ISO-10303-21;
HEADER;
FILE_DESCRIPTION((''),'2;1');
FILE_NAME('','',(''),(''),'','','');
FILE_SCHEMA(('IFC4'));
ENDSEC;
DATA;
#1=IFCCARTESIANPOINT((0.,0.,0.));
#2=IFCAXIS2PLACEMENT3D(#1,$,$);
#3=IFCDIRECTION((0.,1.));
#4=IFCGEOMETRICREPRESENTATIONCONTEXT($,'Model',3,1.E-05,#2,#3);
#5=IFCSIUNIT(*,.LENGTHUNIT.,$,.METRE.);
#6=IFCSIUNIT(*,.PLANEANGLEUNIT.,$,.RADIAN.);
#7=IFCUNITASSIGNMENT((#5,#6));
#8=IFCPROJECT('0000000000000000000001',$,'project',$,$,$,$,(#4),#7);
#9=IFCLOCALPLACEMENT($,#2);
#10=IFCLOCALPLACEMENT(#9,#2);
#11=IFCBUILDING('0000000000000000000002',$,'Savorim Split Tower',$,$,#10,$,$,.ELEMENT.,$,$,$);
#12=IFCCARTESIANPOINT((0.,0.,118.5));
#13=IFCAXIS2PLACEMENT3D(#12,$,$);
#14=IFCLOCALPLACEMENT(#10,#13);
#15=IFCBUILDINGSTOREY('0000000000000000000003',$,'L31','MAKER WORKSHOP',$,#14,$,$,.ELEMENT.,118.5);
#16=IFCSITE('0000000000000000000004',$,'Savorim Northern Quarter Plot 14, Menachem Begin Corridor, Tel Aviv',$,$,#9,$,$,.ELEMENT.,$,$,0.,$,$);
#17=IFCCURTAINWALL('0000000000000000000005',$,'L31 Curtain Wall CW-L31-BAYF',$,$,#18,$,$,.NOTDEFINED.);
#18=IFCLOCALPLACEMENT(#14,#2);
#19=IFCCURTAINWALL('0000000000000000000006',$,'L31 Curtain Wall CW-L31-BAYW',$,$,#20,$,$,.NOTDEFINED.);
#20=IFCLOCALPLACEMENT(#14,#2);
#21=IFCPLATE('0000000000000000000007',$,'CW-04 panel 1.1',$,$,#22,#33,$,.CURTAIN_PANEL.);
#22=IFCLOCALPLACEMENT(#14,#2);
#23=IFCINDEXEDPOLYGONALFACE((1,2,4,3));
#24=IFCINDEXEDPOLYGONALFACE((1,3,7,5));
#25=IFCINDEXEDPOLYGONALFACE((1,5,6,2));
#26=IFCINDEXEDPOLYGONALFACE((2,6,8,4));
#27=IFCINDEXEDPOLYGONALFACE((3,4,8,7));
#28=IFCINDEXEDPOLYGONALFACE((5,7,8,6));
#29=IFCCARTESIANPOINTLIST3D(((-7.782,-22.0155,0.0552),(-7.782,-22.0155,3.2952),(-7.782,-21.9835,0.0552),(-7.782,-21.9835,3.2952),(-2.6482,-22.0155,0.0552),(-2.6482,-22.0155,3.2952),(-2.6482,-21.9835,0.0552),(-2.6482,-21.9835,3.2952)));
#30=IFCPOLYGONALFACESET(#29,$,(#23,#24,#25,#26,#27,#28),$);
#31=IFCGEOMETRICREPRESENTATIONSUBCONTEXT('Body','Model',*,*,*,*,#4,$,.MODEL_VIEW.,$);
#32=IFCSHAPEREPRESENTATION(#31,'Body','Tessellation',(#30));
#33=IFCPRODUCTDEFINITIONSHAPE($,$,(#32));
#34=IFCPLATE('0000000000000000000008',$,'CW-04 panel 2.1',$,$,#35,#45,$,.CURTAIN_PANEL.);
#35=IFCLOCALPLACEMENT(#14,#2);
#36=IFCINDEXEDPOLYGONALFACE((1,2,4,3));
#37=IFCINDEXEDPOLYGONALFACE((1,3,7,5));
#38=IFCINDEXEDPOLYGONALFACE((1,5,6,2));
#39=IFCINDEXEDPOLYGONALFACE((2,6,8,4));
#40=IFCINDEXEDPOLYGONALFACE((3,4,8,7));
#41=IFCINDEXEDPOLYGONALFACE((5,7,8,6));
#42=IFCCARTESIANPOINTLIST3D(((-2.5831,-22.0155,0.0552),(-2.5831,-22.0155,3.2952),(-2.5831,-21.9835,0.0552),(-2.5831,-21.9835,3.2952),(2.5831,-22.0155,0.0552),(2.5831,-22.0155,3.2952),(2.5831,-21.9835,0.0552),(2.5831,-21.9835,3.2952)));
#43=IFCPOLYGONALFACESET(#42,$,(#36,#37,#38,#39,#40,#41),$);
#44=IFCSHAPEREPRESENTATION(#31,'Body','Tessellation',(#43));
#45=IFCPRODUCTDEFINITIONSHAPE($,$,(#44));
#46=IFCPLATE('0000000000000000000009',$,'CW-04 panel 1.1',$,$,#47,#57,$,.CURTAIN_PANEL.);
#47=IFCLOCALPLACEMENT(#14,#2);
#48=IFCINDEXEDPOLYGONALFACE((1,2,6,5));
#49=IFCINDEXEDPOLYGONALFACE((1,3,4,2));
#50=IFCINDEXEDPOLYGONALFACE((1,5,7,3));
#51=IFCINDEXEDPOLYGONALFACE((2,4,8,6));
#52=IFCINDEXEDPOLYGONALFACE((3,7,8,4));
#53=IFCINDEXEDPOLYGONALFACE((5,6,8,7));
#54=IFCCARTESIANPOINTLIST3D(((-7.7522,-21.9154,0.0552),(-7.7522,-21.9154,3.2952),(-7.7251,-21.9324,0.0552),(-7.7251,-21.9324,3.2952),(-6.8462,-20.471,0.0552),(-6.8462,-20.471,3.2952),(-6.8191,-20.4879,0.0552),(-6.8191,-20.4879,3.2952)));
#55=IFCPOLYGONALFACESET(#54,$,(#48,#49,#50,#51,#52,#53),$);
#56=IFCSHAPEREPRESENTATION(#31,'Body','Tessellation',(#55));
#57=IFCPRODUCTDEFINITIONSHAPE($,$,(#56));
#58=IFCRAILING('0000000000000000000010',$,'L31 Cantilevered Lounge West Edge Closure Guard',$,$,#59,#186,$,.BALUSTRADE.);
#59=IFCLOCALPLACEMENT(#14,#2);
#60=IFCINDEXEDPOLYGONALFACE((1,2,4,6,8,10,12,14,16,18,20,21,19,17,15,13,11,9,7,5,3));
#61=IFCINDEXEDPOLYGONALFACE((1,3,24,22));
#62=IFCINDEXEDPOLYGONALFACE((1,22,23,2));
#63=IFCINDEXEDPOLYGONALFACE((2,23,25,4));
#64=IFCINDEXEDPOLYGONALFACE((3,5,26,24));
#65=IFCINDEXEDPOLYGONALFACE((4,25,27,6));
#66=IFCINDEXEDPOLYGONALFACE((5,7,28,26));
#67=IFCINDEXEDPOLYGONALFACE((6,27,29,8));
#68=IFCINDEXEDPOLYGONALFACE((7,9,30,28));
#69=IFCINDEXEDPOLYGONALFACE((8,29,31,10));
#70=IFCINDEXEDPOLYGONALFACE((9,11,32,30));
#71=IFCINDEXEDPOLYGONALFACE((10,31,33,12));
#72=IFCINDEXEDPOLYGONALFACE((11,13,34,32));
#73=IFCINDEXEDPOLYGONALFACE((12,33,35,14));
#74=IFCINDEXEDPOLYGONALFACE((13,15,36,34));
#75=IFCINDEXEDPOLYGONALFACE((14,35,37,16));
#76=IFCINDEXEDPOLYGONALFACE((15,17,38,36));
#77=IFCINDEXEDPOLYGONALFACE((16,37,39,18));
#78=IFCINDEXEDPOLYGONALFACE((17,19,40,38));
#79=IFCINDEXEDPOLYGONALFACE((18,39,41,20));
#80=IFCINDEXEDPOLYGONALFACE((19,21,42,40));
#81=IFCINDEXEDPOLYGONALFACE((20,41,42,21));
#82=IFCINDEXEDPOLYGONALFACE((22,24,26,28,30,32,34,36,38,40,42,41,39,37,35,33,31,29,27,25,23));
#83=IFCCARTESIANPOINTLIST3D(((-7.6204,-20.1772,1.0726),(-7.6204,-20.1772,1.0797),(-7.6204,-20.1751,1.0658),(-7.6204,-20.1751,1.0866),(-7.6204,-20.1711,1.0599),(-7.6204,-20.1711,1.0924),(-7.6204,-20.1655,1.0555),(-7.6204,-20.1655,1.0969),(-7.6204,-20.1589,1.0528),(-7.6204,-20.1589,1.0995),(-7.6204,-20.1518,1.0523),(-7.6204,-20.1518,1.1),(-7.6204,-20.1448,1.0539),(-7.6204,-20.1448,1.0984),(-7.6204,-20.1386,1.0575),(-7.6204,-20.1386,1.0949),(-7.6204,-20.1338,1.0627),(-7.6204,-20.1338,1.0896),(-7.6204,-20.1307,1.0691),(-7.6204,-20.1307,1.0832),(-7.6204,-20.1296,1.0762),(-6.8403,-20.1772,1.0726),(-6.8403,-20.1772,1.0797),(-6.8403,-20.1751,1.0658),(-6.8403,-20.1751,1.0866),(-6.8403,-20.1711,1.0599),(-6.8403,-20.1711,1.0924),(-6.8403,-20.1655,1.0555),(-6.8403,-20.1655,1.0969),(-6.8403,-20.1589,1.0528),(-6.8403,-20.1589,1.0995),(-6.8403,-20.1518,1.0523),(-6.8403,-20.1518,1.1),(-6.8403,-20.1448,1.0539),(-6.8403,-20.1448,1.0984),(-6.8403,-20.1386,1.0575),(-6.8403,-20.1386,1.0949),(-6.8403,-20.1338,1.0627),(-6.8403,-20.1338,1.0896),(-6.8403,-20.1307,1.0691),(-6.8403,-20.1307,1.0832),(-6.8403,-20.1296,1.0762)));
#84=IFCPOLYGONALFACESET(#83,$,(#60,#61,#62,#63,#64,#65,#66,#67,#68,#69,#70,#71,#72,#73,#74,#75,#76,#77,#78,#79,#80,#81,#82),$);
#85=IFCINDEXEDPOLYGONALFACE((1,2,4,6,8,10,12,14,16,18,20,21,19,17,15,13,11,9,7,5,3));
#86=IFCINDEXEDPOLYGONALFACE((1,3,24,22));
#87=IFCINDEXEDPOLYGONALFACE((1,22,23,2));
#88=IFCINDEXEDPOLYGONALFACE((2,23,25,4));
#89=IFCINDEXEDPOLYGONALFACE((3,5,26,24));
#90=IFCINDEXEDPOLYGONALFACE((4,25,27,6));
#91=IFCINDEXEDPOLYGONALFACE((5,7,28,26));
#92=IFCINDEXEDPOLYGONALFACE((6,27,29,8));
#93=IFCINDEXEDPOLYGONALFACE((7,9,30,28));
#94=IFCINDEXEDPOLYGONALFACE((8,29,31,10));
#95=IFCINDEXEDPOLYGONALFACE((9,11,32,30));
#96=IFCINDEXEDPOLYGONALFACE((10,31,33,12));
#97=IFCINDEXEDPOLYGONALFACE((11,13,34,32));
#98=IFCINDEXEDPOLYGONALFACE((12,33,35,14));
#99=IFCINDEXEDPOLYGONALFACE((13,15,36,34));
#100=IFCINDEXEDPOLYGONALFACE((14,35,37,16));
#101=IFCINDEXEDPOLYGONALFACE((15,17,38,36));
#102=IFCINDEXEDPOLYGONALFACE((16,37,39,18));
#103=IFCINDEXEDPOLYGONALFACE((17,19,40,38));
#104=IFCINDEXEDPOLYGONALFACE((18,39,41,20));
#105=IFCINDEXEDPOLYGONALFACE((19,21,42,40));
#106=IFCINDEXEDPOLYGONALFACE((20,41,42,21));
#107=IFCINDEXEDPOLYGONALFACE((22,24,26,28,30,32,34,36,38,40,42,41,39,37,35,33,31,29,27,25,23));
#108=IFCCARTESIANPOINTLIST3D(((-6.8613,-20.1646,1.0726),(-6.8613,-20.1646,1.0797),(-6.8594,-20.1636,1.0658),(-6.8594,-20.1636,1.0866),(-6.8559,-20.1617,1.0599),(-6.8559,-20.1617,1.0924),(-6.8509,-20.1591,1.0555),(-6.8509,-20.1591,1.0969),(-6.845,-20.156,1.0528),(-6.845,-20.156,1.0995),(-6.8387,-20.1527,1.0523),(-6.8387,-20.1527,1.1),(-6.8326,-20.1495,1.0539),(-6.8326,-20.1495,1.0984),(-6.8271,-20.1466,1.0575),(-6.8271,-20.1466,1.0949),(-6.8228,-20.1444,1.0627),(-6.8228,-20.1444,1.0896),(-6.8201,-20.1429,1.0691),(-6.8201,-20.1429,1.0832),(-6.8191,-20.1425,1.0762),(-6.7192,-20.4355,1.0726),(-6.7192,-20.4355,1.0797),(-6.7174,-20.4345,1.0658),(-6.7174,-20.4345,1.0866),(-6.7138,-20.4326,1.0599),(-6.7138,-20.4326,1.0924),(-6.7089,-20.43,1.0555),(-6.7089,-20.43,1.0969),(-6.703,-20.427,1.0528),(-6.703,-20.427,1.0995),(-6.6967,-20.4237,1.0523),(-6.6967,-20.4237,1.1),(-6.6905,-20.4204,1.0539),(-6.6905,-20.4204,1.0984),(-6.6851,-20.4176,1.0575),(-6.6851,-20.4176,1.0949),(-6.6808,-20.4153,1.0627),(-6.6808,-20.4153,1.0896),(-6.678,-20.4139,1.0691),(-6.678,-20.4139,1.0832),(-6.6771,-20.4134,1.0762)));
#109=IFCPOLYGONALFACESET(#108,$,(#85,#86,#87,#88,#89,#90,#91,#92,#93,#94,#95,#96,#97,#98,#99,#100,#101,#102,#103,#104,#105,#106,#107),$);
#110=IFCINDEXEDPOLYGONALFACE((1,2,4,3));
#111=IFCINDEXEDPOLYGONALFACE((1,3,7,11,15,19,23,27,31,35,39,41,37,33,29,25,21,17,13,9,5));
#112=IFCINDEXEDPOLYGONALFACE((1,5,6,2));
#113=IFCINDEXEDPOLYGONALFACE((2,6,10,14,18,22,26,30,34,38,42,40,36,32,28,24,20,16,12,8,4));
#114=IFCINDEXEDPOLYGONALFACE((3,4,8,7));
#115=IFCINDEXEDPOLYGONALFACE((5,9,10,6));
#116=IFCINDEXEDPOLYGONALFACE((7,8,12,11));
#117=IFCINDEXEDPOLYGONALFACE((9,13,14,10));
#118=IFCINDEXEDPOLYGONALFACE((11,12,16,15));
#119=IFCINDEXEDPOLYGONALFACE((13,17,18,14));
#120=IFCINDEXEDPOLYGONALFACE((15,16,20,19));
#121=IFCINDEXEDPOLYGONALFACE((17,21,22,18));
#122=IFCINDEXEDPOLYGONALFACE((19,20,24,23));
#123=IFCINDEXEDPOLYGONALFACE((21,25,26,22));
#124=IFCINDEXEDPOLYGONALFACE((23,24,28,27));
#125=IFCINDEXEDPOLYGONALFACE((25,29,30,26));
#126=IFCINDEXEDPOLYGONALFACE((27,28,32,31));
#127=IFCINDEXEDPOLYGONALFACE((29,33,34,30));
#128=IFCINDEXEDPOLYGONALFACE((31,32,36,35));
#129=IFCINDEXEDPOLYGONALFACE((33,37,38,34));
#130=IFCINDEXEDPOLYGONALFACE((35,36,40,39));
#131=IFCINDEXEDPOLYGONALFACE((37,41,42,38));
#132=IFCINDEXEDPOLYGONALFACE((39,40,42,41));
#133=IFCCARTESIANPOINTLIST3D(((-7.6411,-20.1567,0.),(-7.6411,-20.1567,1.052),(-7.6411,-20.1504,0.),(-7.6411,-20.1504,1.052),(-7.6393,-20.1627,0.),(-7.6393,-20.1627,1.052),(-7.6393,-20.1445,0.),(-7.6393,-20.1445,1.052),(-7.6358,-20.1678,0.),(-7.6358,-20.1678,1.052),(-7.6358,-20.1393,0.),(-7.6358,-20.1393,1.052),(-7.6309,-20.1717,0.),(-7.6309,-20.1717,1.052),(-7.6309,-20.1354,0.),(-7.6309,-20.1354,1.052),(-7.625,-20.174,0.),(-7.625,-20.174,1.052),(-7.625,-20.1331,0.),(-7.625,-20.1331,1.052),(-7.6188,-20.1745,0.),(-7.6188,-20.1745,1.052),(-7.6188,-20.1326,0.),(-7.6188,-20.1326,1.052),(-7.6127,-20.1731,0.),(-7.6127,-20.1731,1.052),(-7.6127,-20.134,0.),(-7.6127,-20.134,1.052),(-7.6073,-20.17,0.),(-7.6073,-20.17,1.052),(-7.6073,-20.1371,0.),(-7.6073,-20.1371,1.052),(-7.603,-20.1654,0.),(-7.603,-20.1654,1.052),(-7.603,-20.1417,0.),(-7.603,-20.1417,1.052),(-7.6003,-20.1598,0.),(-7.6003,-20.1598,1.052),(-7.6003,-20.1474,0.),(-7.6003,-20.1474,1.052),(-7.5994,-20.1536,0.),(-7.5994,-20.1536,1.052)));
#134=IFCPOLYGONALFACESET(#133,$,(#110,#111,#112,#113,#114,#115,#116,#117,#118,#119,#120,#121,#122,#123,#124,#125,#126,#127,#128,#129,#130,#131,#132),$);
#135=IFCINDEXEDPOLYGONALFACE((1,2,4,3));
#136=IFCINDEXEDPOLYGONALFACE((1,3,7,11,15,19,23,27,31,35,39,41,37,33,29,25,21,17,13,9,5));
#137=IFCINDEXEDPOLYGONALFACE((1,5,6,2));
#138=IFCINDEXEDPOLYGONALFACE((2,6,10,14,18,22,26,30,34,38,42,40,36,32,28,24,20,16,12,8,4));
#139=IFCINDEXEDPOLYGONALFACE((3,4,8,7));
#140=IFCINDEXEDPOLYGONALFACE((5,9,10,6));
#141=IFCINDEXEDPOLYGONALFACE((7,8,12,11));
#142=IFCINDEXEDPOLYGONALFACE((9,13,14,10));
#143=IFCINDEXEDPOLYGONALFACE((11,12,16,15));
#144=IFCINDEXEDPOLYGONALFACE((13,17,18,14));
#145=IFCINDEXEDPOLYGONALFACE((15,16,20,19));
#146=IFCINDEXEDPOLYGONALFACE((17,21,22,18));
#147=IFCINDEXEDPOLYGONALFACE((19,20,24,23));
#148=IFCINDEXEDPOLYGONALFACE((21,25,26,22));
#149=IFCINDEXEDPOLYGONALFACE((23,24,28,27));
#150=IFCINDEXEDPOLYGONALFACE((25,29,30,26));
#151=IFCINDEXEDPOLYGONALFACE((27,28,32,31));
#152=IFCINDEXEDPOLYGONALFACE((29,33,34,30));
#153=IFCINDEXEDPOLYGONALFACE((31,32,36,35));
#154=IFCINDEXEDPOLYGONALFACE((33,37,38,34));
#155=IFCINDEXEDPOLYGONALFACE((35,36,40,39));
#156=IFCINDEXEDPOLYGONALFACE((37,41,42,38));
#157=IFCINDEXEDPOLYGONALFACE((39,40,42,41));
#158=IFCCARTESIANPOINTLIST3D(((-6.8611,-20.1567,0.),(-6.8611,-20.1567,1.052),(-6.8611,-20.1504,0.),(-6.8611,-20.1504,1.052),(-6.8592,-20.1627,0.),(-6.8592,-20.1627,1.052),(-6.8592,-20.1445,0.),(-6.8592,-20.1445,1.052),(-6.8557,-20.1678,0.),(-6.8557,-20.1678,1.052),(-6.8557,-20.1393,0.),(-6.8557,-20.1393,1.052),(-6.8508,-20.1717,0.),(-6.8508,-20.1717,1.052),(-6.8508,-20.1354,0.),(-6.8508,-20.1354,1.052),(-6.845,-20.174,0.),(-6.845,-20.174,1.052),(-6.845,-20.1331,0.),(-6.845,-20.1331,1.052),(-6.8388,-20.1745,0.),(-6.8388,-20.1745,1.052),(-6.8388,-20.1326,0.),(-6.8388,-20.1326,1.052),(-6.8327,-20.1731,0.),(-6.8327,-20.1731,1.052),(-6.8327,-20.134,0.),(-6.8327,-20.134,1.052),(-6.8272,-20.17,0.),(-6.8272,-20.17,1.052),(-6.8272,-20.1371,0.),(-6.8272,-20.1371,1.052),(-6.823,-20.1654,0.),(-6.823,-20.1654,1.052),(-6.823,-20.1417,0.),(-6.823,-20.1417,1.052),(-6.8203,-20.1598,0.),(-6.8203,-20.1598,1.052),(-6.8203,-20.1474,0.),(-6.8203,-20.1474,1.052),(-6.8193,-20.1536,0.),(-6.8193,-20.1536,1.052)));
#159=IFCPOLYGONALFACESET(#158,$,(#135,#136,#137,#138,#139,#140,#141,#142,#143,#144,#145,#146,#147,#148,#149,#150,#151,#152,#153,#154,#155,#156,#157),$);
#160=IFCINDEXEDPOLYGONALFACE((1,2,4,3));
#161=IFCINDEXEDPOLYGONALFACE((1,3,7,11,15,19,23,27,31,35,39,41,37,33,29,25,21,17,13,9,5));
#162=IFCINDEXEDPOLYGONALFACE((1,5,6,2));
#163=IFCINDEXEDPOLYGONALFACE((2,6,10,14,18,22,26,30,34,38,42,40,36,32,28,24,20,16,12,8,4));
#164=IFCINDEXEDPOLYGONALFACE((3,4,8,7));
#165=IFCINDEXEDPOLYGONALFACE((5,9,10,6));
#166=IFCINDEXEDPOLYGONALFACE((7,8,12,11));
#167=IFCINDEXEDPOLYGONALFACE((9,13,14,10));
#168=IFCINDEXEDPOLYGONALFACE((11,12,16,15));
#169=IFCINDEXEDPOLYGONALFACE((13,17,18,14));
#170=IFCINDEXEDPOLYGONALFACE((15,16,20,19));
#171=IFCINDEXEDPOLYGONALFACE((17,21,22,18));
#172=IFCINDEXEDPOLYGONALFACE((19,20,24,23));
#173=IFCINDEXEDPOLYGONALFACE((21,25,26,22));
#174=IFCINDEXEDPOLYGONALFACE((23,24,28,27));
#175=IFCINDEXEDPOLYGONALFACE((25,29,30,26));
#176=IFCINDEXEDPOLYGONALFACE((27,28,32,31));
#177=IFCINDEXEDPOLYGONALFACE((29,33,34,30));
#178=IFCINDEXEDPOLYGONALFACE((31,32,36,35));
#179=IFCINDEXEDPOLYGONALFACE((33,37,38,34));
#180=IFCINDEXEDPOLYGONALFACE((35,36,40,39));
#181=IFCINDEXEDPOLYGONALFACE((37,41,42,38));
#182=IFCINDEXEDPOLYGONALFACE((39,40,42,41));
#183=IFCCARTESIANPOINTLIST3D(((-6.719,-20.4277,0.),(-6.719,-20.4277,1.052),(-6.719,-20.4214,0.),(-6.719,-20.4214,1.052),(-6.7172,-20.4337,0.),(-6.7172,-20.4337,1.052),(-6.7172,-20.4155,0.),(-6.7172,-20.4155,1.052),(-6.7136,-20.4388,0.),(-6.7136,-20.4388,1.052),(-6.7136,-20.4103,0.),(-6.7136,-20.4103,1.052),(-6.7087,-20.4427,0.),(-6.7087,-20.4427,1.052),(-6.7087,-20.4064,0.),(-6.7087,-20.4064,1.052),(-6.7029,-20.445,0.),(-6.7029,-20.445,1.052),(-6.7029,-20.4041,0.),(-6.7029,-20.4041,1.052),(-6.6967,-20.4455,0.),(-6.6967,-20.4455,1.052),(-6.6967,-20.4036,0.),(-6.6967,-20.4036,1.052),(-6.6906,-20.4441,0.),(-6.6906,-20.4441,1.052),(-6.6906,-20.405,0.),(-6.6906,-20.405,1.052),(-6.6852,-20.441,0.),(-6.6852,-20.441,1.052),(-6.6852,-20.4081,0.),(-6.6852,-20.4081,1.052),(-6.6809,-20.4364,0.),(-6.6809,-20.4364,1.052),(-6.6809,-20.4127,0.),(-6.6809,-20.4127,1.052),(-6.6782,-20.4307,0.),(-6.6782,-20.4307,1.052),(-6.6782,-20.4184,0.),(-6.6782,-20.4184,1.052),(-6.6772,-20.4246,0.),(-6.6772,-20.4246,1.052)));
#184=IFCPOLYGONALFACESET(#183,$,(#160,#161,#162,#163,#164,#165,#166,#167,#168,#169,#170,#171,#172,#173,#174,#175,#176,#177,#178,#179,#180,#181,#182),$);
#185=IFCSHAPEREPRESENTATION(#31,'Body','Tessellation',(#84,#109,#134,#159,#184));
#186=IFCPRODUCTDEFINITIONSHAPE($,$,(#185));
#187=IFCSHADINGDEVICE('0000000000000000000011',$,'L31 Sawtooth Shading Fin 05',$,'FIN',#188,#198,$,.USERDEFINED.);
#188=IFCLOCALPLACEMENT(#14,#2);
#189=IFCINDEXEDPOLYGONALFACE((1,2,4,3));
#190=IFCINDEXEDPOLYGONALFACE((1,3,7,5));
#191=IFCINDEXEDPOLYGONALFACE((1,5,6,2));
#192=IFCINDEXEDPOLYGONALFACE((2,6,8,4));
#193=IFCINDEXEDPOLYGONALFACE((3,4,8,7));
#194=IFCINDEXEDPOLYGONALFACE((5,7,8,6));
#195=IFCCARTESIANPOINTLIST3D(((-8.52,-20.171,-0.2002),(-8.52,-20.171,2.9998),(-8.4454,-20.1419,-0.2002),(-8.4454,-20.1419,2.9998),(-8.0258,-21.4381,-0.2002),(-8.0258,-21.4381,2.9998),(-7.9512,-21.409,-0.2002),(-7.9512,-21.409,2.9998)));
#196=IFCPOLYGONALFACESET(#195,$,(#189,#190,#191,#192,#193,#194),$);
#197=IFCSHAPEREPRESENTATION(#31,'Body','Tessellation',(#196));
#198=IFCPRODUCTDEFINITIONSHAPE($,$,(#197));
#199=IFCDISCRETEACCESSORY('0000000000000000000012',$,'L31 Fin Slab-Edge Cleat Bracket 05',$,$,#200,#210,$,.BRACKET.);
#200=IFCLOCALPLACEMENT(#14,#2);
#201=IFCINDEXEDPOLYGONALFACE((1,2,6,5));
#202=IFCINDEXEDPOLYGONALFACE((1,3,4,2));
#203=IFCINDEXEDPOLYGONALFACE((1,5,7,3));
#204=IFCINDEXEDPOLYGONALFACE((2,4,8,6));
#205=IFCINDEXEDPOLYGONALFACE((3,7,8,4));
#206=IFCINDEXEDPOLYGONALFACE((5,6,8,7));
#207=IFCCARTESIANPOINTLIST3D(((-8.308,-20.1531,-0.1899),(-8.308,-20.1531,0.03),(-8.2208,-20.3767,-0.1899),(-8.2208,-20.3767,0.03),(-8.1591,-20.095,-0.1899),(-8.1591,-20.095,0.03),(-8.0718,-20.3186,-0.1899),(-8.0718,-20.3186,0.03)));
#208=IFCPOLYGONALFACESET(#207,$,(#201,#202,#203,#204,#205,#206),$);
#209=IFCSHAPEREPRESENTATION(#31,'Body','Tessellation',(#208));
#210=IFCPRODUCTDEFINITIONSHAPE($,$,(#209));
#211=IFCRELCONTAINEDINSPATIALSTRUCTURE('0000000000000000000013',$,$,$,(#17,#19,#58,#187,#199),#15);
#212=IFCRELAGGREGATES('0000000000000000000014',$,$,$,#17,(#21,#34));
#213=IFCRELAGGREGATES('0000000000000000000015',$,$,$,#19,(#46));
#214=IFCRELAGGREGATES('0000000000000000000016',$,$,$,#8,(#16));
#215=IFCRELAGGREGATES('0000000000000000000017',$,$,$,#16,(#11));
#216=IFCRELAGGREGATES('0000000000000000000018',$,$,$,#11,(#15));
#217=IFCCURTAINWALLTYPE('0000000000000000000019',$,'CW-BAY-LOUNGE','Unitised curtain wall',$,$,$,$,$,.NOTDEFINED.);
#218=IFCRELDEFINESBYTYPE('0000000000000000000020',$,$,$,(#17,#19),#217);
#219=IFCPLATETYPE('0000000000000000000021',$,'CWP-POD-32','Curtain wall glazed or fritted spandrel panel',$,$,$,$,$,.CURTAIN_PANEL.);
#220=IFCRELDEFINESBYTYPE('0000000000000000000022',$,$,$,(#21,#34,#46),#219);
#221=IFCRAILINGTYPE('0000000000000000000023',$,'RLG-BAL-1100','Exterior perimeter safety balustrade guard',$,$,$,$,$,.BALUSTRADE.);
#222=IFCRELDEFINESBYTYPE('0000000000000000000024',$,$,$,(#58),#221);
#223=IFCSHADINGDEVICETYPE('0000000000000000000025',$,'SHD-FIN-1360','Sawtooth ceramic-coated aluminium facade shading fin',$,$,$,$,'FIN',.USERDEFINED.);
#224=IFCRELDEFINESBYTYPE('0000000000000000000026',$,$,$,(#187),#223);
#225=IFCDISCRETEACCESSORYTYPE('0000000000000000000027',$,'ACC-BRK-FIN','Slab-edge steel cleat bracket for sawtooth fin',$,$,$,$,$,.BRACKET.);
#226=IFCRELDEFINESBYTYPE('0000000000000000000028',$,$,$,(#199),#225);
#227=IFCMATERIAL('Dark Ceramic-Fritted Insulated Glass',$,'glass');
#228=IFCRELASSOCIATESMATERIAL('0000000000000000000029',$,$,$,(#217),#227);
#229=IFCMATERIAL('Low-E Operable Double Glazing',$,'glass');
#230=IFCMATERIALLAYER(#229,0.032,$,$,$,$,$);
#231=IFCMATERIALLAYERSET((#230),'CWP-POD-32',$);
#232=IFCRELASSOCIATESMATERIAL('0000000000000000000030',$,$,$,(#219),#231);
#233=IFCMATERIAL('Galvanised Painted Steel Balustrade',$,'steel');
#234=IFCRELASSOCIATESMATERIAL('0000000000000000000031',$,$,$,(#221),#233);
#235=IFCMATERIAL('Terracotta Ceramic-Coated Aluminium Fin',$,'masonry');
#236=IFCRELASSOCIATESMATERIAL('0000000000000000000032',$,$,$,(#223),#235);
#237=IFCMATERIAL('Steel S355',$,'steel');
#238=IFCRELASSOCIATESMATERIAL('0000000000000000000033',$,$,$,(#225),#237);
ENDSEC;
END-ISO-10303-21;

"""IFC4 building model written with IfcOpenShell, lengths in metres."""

from ifc_helpers import new_model, si_unit, direction, frame, origin, origin_2d, place, context, subcontext, project, spatial, rectangle, circle, extrude, material, layer, layer_set, type_object, element, aggregate, save


model = new_model("IFC4")

# Units and contexts
model_context = context("Model", 3, precision=1e-05, world=origin(), true_north=direction((0.0, 1.0)))
body_context = subcontext(model_context, "Body", "Model", "MODEL_VIEW")
ifc_project = project(units=[si_unit("LENGTHUNIT", "METRE"), si_unit("PLANEANGLEUNIT", "RADIAN")], contexts=[model_context])

# Site, building, storey
site_placement = place(None, origin())
site = spatial("IfcSite", under=ifc_project, at=site_placement, Name="Savorim Northern Quarter Plot 14, Menachem Begin Corridor, Tel Aviv", CompositionType="ELEMENT", RefElevation=0.0)
building_placement = place(site_placement, origin())
building = spatial("IfcBuilding", under=site, at=building_placement, Name="Savorim Split Tower", CompositionType="ELEMENT")
storey_placement = place(building_placement, frame((0.0, 0.0, 118.5)))
storey = spatial("IfcBuildingStorey", under=building, at=storey_placement, Name="L31", Description="MAKER WORKSHOP", CompositionType="ELEMENT", Elevation=118.5)

# Shared definitions
ifc_material_1 = material(Name="Steel S355", Category="steel")

# Shared definitions
ifc_material_2 = material(Name="Dark Ceramic-Fritted Insulated Glass", Category="glass")

# Curtain walls
curtain_wall_type_1 = type_object("IfcCurtainWallType", Name="CW-BAY-LOUNGE", Description="Unitised curtain wall", PredefinedType="NOTDEFINED", material=ifc_material_2)
curtain_wall_1_placement = place(storey_placement, origin())
curtain_wall_1 = element("IfcCurtainWall", 1, at=curtain_wall_1_placement, inside=storey, type_object=curtain_wall_type_1, Name="L31 Curtain Wall CW-L31-BAYF", PredefinedType="NOTDEFINED")
curtain_wall_2_placement = place(storey_placement, origin())
curtain_wall_2 = element("IfcCurtainWall", 2, at=curtain_wall_2_placement, inside=storey, type_object=curtain_wall_type_1, Name="L31 Curtain Wall CW-L31-BAYW", PredefinedType="NOTDEFINED")

# Plates
ifc_material_3 = material(Name="Low-E Operable Double Glazing", Category="glass")
ifc_layer = layer(ifc_material_3, 0.032)
ifc_layer_set = layer_set([ifc_layer], Name="CWP-POD-32")
plate_type = type_object("IfcPlateType", Name="CWP-POD-32", Description="Curtain wall glazed or fritted spandrel panel", PredefinedType="CURTAIN_PANEL", material=ifc_layer_set)
plate_1_placement = place(storey_placement, frame((-5.2151, -21.9995, 0.0552), z_axis=(0.0, 0.0, 1.0), x_axis=(1.0, 0.0, 0.0)))
plate_1 = element("IfcPlate", 3, at=plate_1_placement, type_object=plate_type, Name="CW-04 panel 1.1", PredefinedType="CURTAIN_PANEL", context=body_context, shape_type="SweptSolid", body=[
    extrude(rectangle(XDim=5.1338, YDim=0.032, at=origin_2d()), origin(), (0.0, 0.0, 1.0), 3.24),
])
plate_2_placement = place(storey_placement, frame((0.0, -21.9995, 0.0552), z_axis=(0.0, 0.0, 1.0), x_axis=(1.0, 0.0, 0.0)))
plate_2 = element("IfcPlate", 4, at=plate_2_placement, type_object=plate_type, Name="CW-04 panel 2.1", PredefinedType="CURTAIN_PANEL", context=body_context, shape_type="SweptSolid", body=[
    extrude(rectangle(XDim=5.1663, YDim=0.032, at=origin_2d()), origin(), (0.0, 0.0, 1.0), 3.24),
])
aggregate(curtain_wall_1, [plate_1, plate_2])
plate_3_placement = place(storey_placement, frame((-7.2856, -21.2017, 0.0552), z_axis=(0.0, 0.0, 1.0), x_axis=(-0.531384, -0.847131, 0.0)))
plate_3 = element("IfcPlate", 5, at=plate_3_placement, type_object=plate_type, Name="CW-04 panel 1.1", PredefinedType="CURTAIN_PANEL", context=body_context, shape_type="SweptSolid", body=[
    extrude(rectangle(XDim=1.7051, YDim=0.032, at=origin_2d()), origin(), (0.0, 0.0, 1.0), 3.24),
])
aggregate(curtain_wall_2, [plate_3])

# Railing
ifc_material_4 = material(Name="Galvanised Painted Steel Balustrade", Category="steel")
railing_type = type_object("IfcRailingType", Name="RLG-BAL-1100", Description="Exterior perimeter safety balustrade guard", PredefinedType="BALUSTRADE", material=ifc_material_4)
railing_placement = place(storey_placement, frame((-7.6204, -20.1536, 0.0)))
element("IfcRailing", 6, at=railing_placement, inside=storey, type_object=railing_type, Name="L31 Cantilevered Lounge West Edge Closure Guard", PredefinedType="BALUSTRADE", context=body_context, shape_type="SweptSolid", body=[
    extrude(circle(Radius=0.0239, at=origin_2d()), frame((0.0, 0.0, 1.0762), z_axis=(1.0, 0.0, 0.0), x_axis=(0.0, 1.0, 0.0)), (0.0, 0.0, 1.0), 0.78),
    extrude(circle(Radius=0.0239, at=origin_2d()), frame((0.78, 0.0, 1.0762), z_axis=(0.464365, -0.885644, 0.0), x_axis=(0.885644, 0.464365, 0.0)), (0.0, 0.0, 1.0), 0.3059),
    extrude(circle(Radius=0.021, at=origin_2d()), origin(), (0.0, 0.0, 1.0), 1.052),
    extrude(circle(Radius=0.021, at=origin_2d()), frame((0.78, 0.0, 0.0)), (0.0, 0.0, 1.0), 1.052),
    extrude(circle(Radius=0.021, at=origin_2d()), frame((0.9221, -0.271, 0.0)), (0.0, 0.0, 1.0), 1.052),
])

# Shading device
ifc_material_5 = material(Name="Terracotta Ceramic-Coated Aluminium Fin", Category="masonry")
shading_device_type = type_object("IfcShadingDeviceType", Name="SHD-FIN-1360", Description="Sawtooth ceramic-coated aluminium facade shading fin", ElementType="FIN", PredefinedType="USERDEFINED", material=ifc_material_5)
shading_device_placement = place(storey_placement, frame((-8.2356, -20.79, -0.2002), z_axis=(0.0, 0.0, 1.0), x_axis=(0.363415, -0.931627, 0.0)))
element("IfcShadingDevice", 7, at=shading_device_placement, inside=storey, type_object=shading_device_type, Name="L31 Sawtooth Shading Fin 05", ObjectType="FIN", PredefinedType="USERDEFINED", context=body_context, shape_type="SweptSolid", body=[
    extrude(rectangle(XDim=1.3601, YDim=0.0801, at=origin_2d()), origin(), (0.0, 0.0, 1.0), 3.2),
])

# Discrete accessory
discrete_accessory_type = type_object("IfcDiscreteAccessoryType", Name="ACC-BRK-FIN", Description="Slab-edge steel cleat bracket for sawtooth fin", PredefinedType="BRACKET", material=ifc_material_1)
discrete_accessory_placement = place(storey_placement, frame((-8.1899, -20.2358, -0.1899), z_axis=(0.0, 0.0, 1.0), x_axis=(0.363415, -0.931627, 0.0)))
element("IfcDiscreteAccessory", 8, at=discrete_accessory_placement, inside=storey, type_object=discrete_accessory_type, Name="L31 Fin Slab-Edge Cleat Bracket 05", PredefinedType="BRACKET", context=body_context, shape_type="SweptSolid", body=[
    extrude(rectangle(XDim=0.24, YDim=0.1599, at=origin_2d()), origin(), (0.0, 0.0, 1.0), 0.22),
])

save(model, "model.ifc")
